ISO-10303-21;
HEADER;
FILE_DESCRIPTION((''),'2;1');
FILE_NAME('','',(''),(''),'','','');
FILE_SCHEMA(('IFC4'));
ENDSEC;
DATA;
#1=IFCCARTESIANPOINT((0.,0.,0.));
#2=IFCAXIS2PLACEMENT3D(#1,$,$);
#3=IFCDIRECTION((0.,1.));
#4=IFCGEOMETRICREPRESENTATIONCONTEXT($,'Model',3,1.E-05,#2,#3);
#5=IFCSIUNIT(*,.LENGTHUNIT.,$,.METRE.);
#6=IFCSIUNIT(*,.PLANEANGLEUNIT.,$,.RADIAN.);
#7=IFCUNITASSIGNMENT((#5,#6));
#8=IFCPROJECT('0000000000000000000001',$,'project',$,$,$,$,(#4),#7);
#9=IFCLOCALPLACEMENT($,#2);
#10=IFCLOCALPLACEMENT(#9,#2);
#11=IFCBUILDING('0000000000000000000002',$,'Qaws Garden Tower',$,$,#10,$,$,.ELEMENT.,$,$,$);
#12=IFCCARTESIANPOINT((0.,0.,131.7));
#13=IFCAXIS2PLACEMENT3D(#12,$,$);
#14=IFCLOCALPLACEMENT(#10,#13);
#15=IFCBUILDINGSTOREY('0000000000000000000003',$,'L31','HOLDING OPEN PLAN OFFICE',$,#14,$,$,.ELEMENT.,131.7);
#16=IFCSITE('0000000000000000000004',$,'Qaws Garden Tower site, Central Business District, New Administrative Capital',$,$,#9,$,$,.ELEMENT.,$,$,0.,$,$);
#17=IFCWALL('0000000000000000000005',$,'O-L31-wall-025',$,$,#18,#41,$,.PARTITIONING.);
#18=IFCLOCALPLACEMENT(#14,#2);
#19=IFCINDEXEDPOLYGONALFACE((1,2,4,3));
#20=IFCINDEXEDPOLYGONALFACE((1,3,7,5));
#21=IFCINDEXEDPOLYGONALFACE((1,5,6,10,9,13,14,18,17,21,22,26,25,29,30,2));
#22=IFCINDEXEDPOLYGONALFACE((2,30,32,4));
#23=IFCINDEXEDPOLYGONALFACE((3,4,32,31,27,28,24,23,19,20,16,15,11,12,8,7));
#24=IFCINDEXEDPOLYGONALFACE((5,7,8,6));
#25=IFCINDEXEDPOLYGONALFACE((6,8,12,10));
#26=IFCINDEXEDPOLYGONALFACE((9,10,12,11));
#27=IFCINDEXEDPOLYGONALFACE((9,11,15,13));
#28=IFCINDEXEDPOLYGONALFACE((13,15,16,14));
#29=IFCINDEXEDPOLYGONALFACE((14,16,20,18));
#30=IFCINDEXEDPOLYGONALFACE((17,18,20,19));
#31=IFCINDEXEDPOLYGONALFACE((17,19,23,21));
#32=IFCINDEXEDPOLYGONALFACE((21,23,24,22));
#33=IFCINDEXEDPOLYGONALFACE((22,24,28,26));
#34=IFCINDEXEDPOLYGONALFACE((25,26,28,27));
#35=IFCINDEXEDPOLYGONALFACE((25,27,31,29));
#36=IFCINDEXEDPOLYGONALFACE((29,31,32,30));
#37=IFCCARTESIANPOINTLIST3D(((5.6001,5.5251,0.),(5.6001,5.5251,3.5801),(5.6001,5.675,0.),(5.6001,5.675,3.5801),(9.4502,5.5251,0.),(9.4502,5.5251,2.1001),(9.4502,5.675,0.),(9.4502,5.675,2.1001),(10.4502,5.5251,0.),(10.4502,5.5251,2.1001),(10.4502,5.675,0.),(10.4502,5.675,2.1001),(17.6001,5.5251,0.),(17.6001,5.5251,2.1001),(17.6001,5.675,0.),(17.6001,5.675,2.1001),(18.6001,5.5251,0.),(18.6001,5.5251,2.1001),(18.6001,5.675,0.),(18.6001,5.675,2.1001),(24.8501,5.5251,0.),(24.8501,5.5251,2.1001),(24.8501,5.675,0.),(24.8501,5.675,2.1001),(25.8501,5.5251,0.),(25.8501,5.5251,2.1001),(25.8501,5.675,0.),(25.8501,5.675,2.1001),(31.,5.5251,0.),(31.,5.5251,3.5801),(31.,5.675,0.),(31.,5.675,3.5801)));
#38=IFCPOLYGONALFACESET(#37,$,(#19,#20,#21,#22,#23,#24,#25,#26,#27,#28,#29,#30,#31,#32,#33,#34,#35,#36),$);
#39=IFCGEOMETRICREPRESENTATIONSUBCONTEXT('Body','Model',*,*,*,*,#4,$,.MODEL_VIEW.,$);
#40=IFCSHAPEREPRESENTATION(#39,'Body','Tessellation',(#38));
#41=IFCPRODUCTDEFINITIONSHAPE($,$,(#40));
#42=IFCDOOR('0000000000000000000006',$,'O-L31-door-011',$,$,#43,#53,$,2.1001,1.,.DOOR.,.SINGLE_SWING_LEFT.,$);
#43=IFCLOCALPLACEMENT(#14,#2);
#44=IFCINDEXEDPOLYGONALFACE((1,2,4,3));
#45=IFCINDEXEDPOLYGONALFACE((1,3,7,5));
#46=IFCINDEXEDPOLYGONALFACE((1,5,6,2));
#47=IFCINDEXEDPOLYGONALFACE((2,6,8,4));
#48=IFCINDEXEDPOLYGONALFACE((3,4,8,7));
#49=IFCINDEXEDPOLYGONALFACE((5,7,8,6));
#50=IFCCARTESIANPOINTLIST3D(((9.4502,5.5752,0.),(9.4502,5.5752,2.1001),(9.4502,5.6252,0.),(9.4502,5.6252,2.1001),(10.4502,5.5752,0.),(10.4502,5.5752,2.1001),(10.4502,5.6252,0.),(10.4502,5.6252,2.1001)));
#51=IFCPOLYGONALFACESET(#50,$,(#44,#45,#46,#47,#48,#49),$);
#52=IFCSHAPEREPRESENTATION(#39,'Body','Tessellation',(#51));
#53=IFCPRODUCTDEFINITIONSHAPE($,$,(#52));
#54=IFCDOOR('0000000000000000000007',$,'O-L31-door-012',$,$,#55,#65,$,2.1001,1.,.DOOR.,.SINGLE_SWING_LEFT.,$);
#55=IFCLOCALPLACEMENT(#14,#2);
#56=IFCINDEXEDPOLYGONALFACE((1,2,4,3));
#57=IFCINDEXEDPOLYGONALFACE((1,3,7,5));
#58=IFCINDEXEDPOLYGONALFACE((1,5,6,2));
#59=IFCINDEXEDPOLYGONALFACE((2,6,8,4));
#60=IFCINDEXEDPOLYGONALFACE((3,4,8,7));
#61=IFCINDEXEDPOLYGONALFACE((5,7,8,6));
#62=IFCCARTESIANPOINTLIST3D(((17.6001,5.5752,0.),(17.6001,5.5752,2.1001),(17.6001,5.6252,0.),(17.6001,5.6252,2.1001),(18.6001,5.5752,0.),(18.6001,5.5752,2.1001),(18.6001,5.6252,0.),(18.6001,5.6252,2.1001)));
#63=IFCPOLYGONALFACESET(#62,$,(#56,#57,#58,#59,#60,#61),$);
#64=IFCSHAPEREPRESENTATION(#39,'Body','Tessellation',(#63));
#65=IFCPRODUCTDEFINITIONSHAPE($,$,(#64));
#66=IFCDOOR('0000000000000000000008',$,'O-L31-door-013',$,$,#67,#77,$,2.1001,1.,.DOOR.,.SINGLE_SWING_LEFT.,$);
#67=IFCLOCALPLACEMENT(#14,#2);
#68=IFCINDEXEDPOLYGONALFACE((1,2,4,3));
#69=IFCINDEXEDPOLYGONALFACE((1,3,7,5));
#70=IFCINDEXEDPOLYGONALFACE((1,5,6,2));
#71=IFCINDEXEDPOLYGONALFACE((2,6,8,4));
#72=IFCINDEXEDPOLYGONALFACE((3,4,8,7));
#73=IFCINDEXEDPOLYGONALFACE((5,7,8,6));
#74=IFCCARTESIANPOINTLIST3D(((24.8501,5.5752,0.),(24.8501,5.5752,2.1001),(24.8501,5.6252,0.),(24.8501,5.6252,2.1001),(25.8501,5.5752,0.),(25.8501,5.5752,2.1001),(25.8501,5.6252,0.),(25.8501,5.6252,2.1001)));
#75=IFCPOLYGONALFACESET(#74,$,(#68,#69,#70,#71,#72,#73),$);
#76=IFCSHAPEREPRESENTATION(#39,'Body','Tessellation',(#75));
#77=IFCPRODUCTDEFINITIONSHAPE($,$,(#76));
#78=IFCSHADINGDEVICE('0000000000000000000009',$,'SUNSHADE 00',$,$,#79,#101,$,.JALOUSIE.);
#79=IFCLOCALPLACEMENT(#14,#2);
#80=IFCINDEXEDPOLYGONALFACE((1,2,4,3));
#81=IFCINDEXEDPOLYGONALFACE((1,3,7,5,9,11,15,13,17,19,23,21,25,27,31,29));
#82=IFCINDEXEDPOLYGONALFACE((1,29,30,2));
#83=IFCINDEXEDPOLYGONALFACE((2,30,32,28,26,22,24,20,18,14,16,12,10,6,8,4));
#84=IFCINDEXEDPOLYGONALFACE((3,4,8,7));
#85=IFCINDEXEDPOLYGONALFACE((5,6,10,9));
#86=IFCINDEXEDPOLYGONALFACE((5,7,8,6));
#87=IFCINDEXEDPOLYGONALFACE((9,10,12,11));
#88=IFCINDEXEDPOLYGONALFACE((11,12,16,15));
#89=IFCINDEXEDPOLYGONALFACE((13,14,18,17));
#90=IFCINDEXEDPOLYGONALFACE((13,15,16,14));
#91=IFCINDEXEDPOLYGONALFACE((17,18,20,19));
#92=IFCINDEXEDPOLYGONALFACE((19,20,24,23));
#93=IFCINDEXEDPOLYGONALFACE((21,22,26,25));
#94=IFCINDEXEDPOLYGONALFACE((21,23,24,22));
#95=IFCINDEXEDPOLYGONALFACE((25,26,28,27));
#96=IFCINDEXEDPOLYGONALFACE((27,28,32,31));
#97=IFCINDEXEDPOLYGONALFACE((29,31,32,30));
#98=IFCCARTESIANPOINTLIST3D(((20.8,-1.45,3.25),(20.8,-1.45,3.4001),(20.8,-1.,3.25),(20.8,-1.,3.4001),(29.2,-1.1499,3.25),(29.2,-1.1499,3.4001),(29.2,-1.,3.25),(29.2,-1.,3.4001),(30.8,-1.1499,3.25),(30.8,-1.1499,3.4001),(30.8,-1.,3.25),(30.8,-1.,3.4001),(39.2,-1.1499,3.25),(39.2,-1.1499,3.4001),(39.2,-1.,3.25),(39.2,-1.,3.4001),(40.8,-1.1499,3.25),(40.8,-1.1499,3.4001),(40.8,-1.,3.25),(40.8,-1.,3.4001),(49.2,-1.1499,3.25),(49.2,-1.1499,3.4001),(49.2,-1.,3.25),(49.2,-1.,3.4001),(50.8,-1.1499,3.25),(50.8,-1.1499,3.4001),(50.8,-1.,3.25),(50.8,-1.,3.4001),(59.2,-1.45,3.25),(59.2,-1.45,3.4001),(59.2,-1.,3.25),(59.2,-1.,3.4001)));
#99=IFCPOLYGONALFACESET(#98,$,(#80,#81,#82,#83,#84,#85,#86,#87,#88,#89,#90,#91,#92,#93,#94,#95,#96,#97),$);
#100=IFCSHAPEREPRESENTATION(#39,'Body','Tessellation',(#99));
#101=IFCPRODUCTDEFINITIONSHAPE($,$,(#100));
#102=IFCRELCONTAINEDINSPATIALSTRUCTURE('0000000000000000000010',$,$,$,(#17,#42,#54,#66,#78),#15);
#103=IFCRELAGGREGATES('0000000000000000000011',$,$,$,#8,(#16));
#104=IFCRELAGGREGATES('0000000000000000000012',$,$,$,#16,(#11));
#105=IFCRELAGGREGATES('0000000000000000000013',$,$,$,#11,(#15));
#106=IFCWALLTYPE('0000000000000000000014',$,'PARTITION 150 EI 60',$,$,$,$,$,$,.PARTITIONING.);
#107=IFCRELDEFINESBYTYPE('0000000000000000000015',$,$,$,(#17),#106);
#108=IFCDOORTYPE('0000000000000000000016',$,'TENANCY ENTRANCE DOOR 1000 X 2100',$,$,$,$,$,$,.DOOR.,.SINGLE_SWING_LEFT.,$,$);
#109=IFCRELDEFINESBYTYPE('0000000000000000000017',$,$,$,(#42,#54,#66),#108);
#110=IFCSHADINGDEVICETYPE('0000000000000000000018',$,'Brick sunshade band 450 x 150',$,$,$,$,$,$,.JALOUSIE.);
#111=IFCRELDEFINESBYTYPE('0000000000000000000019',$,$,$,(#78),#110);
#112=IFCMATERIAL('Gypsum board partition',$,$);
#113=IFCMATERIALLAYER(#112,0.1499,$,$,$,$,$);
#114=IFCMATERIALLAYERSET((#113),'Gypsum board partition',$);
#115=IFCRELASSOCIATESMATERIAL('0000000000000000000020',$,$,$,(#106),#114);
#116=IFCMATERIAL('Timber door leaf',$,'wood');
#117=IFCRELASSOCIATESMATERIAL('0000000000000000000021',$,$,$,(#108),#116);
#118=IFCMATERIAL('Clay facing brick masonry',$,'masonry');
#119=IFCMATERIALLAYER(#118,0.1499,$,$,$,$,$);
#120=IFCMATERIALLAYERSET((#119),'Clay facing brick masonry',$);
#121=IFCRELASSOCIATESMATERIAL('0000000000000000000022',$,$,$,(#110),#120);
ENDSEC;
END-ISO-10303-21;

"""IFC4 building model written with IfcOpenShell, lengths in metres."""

from ifc_helpers import new_model, si_unit, direction, frame, frame_2d, origin, place, context, subcontext, project, spatial, polyline, rectangle, outline, extrude, material, layer, layer_set, type_object, element, fill, save


model = new_model("IFC4")

# Units and contexts
model_context = context("Model", 3, precision=1e-05, world=origin(), true_north=direction((0.0, 1.0)))
body_context = subcontext(model_context, "Body", "Model", "MODEL_VIEW")
ifc_project = project(units=[si_unit("LENGTHUNIT", "METRE"), si_unit("PLANEANGLEUNIT", "RADIAN")], contexts=[model_context])

# Site, building, storey
site_placement = place(None, origin())
site = spatial("IfcSite", under=ifc_project, at=site_placement, Name="Qaws Garden Tower site, Central Business District, New Administrative Capital", CompositionType="ELEMENT", RefElevation=0.0)
building_placement = place(site_placement, origin())
building = spatial("IfcBuilding", under=site, at=building_placement, Name="Qaws Garden Tower", CompositionType="ELEMENT")
storey_placement = place(building_placement, frame((0.0, 0.0, 131.7)))
storey = spatial("IfcBuildingStorey", under=building, at=storey_placement, Name="L31", Description="HOLDING OPEN PLAN OFFICE", CompositionType="ELEMENT", Elevation=131.7)

# Wall, openings, doors
ifc_material_1 = material(Name="Gypsum board partition")
ifc_layer_1 = layer(ifc_material_1, 0.1499)
ifc_layer_set_1 = layer_set([ifc_layer_1], Name="Gypsum board partition")
wall_type_1 = type_object("IfcWallType", Name="PARTITION 150 EI 60", PredefinedType="PARTITIONING", material=ifc_layer_set_1)
ifc_material_2 = material(Name="Timber door leaf", Category="wood")
door_type_1 = type_object("IfcDoorType", Name="TENANCY ENTRANCE DOOR 1000 X 2100", OperationType="SINGLE_SWING_LEFT", PredefinedType="DOOR", material=ifc_material_2)
wall_1_placement = place(storey_placement, frame((5.6001, 5.6001, 0.0), z_axis=(0.0, 0.0, 1.0), x_axis=(1.0, 0.0, 0.0)))
wall_1 = element("IfcWall", 1, at=wall_1_placement, inside=storey, type_object=wall_type_1, Name="O-L31-wall-025", PredefinedType="PARTITIONING", context=body_context, shape_type="SweptSolid", body=[
    extrude(rectangle(XDim=25.3999, YDim=0.1499, at=frame_2d((12.7, 0.0))), origin(), (0.0, 0.0, 1.0), 3.5801),
])
opening_1_placement = place(wall_1_placement, frame((3.8501, 0.0, 0.0)))
opening_1 = element("IfcOpeningElement", 2, at=opening_1_placement, cuts=wall_1, PredefinedType="OPENING", context=body_context, shape_type="SweptSolid", body=[
    extrude(rectangle(XDim=1.0, YDim=2.1001, at=frame_2d((0.5, 1.05))), frame((0.0, 0.085, 0.0), z_axis=(0.0, -1.0, 0.0), x_axis=(1.0, 0.0, 0.0)), (0.0, 0.0, 1.0), 0.1699),
])
opening_2_placement = place(wall_1_placement, frame((12.0, 0.0, 0.0)))
opening_2 = element("IfcOpeningElement", 3, at=opening_2_placement, cuts=wall_1, PredefinedType="OPENING", context=body_context, shape_type="SweptSolid", body=[
    extrude(rectangle(XDim=1.0, YDim=2.1001, at=frame_2d((0.5, 1.05))), frame((0.0, 0.085, 0.0), z_axis=(0.0, -1.0, 0.0), x_axis=(1.0, 0.0, 0.0)), (0.0, 0.0, 1.0), 0.1699),
])
opening_3_placement = place(wall_1_placement, frame((19.25, 0.0, 0.0)))
opening_3 = element("IfcOpeningElement", 4, at=opening_3_placement, cuts=wall_1, PredefinedType="OPENING", context=body_context, shape_type="SweptSolid", body=[
    extrude(rectangle(XDim=1.0, YDim=2.1001, at=frame_2d((0.5, 1.05))), frame((0.0, 0.085, 0.0), z_axis=(0.0, -1.0, 0.0), x_axis=(1.0, 0.0, 0.0)), (0.0, 0.0, 1.0), 0.1699),
])
door_1_placement = place(opening_1_placement, frame((1.0, 0.0, 0.0), z_axis=(0.0, 0.0, 1.0), x_axis=(-1.0, 0.0, 0.0)))
door_1 = element("IfcDoor", 5, at=door_1_placement, inside=storey, type_object=door_type_1, Name="O-L31-door-011", OperationType="SINGLE_SWING_LEFT", OverallHeight=2.1001, OverallWidth=1.0, PredefinedType="DOOR", context=body_context, shape_type="SweptSolid", body=[
    extrude(rectangle(XDim=1.0, YDim=2.1001, at=frame_2d((0.5, 1.05))), frame((0.0, 0.0249, 0.0), z_axis=(0.0, -1.0, 0.0), x_axis=(1.0, 0.0, 0.0)), (0.0, 0.0, 1.0), 0.05),
])
fill(opening_1, door_1)
door_2_placement = place(opening_2_placement, frame((1.0, 0.0, 0.0), z_axis=(0.0, 0.0, 1.0), x_axis=(-1.0, 0.0, 0.0)))
door_2 = element("IfcDoor", 6, at=door_2_placement, inside=storey, type_object=door_type_1, Name="O-L31-door-012", OperationType="SINGLE_SWING_LEFT", OverallHeight=2.1001, OverallWidth=1.0, PredefinedType="DOOR", context=body_context, shape_type="SweptSolid", body=[
    extrude(rectangle(XDim=1.0, YDim=2.1001, at=frame_2d((0.5, 1.05))), frame((0.0, 0.0249, 0.0), z_axis=(0.0, -1.0, 0.0), x_axis=(1.0, 0.0, 0.0)), (0.0, 0.0, 1.0), 0.05),
])
fill(opening_2, door_2)
door_3_placement = place(opening_3_placement, frame((1.0, 0.0, 0.0), z_axis=(0.0, 0.0, 1.0), x_axis=(-1.0, 0.0, 0.0)))
door_3 = element("IfcDoor", 7, at=door_3_placement, inside=storey, type_object=door_type_1, Name="O-L31-door-013", OperationType="SINGLE_SWING_LEFT", OverallHeight=2.1001, OverallWidth=1.0, PredefinedType="DOOR", context=body_context, shape_type="SweptSolid", body=[
    extrude(rectangle(XDim=1.0, YDim=2.1001, at=frame_2d((0.5, 1.05))), frame((0.0, 0.0249, 0.0), z_axis=(0.0, -1.0, 0.0), x_axis=(1.0, 0.0, 0.0)), (0.0, 0.0, 1.0), 0.05),
])
fill(opening_3, door_3)

# Shading device
ifc_material_3 = material(Name="Clay facing brick masonry", Category="masonry")
ifc_layer_2 = layer(ifc_material_3, 0.1499)
ifc_layer_set_2 = layer_set([ifc_layer_2], Name="Clay facing brick masonry")
shading_device_type = type_object("IfcShadingDeviceType", Name="Brick sunshade band 450 x 150", PredefinedType="JALOUSIE", material=ifc_layer_set_2)
shading_device_placement = place(storey_placement, frame((0.0, 0.0, 3.25)))
element("IfcShadingDevice", 8, at=shading_device_placement, inside=storey, type_object=shading_device_type, Name="SUNSHADE 00", PredefinedType="JALOUSIE", context=body_context, shape_type="SweptSolid", body=[
    extrude(outline(polyline([(20.8, -1.0), (20.8, -1.45), (59.2, -1.45), (59.2, -1.0), (50.8, -1.0), (50.8, -1.1499), (49.2, -1.1499), (49.2, -1.0), (40.8, -1.0), (40.8, -1.1499), (39.2, -1.1499), (39.2, -1.0), (30.8, -1.0), (30.8, -1.1499), (29.2, -1.1499), (29.2, -1.0), (20.8, -1.0)])), origin(), (0.0, 0.0, 1.0), 0.1501),
])

save(model, "model.ifc")
